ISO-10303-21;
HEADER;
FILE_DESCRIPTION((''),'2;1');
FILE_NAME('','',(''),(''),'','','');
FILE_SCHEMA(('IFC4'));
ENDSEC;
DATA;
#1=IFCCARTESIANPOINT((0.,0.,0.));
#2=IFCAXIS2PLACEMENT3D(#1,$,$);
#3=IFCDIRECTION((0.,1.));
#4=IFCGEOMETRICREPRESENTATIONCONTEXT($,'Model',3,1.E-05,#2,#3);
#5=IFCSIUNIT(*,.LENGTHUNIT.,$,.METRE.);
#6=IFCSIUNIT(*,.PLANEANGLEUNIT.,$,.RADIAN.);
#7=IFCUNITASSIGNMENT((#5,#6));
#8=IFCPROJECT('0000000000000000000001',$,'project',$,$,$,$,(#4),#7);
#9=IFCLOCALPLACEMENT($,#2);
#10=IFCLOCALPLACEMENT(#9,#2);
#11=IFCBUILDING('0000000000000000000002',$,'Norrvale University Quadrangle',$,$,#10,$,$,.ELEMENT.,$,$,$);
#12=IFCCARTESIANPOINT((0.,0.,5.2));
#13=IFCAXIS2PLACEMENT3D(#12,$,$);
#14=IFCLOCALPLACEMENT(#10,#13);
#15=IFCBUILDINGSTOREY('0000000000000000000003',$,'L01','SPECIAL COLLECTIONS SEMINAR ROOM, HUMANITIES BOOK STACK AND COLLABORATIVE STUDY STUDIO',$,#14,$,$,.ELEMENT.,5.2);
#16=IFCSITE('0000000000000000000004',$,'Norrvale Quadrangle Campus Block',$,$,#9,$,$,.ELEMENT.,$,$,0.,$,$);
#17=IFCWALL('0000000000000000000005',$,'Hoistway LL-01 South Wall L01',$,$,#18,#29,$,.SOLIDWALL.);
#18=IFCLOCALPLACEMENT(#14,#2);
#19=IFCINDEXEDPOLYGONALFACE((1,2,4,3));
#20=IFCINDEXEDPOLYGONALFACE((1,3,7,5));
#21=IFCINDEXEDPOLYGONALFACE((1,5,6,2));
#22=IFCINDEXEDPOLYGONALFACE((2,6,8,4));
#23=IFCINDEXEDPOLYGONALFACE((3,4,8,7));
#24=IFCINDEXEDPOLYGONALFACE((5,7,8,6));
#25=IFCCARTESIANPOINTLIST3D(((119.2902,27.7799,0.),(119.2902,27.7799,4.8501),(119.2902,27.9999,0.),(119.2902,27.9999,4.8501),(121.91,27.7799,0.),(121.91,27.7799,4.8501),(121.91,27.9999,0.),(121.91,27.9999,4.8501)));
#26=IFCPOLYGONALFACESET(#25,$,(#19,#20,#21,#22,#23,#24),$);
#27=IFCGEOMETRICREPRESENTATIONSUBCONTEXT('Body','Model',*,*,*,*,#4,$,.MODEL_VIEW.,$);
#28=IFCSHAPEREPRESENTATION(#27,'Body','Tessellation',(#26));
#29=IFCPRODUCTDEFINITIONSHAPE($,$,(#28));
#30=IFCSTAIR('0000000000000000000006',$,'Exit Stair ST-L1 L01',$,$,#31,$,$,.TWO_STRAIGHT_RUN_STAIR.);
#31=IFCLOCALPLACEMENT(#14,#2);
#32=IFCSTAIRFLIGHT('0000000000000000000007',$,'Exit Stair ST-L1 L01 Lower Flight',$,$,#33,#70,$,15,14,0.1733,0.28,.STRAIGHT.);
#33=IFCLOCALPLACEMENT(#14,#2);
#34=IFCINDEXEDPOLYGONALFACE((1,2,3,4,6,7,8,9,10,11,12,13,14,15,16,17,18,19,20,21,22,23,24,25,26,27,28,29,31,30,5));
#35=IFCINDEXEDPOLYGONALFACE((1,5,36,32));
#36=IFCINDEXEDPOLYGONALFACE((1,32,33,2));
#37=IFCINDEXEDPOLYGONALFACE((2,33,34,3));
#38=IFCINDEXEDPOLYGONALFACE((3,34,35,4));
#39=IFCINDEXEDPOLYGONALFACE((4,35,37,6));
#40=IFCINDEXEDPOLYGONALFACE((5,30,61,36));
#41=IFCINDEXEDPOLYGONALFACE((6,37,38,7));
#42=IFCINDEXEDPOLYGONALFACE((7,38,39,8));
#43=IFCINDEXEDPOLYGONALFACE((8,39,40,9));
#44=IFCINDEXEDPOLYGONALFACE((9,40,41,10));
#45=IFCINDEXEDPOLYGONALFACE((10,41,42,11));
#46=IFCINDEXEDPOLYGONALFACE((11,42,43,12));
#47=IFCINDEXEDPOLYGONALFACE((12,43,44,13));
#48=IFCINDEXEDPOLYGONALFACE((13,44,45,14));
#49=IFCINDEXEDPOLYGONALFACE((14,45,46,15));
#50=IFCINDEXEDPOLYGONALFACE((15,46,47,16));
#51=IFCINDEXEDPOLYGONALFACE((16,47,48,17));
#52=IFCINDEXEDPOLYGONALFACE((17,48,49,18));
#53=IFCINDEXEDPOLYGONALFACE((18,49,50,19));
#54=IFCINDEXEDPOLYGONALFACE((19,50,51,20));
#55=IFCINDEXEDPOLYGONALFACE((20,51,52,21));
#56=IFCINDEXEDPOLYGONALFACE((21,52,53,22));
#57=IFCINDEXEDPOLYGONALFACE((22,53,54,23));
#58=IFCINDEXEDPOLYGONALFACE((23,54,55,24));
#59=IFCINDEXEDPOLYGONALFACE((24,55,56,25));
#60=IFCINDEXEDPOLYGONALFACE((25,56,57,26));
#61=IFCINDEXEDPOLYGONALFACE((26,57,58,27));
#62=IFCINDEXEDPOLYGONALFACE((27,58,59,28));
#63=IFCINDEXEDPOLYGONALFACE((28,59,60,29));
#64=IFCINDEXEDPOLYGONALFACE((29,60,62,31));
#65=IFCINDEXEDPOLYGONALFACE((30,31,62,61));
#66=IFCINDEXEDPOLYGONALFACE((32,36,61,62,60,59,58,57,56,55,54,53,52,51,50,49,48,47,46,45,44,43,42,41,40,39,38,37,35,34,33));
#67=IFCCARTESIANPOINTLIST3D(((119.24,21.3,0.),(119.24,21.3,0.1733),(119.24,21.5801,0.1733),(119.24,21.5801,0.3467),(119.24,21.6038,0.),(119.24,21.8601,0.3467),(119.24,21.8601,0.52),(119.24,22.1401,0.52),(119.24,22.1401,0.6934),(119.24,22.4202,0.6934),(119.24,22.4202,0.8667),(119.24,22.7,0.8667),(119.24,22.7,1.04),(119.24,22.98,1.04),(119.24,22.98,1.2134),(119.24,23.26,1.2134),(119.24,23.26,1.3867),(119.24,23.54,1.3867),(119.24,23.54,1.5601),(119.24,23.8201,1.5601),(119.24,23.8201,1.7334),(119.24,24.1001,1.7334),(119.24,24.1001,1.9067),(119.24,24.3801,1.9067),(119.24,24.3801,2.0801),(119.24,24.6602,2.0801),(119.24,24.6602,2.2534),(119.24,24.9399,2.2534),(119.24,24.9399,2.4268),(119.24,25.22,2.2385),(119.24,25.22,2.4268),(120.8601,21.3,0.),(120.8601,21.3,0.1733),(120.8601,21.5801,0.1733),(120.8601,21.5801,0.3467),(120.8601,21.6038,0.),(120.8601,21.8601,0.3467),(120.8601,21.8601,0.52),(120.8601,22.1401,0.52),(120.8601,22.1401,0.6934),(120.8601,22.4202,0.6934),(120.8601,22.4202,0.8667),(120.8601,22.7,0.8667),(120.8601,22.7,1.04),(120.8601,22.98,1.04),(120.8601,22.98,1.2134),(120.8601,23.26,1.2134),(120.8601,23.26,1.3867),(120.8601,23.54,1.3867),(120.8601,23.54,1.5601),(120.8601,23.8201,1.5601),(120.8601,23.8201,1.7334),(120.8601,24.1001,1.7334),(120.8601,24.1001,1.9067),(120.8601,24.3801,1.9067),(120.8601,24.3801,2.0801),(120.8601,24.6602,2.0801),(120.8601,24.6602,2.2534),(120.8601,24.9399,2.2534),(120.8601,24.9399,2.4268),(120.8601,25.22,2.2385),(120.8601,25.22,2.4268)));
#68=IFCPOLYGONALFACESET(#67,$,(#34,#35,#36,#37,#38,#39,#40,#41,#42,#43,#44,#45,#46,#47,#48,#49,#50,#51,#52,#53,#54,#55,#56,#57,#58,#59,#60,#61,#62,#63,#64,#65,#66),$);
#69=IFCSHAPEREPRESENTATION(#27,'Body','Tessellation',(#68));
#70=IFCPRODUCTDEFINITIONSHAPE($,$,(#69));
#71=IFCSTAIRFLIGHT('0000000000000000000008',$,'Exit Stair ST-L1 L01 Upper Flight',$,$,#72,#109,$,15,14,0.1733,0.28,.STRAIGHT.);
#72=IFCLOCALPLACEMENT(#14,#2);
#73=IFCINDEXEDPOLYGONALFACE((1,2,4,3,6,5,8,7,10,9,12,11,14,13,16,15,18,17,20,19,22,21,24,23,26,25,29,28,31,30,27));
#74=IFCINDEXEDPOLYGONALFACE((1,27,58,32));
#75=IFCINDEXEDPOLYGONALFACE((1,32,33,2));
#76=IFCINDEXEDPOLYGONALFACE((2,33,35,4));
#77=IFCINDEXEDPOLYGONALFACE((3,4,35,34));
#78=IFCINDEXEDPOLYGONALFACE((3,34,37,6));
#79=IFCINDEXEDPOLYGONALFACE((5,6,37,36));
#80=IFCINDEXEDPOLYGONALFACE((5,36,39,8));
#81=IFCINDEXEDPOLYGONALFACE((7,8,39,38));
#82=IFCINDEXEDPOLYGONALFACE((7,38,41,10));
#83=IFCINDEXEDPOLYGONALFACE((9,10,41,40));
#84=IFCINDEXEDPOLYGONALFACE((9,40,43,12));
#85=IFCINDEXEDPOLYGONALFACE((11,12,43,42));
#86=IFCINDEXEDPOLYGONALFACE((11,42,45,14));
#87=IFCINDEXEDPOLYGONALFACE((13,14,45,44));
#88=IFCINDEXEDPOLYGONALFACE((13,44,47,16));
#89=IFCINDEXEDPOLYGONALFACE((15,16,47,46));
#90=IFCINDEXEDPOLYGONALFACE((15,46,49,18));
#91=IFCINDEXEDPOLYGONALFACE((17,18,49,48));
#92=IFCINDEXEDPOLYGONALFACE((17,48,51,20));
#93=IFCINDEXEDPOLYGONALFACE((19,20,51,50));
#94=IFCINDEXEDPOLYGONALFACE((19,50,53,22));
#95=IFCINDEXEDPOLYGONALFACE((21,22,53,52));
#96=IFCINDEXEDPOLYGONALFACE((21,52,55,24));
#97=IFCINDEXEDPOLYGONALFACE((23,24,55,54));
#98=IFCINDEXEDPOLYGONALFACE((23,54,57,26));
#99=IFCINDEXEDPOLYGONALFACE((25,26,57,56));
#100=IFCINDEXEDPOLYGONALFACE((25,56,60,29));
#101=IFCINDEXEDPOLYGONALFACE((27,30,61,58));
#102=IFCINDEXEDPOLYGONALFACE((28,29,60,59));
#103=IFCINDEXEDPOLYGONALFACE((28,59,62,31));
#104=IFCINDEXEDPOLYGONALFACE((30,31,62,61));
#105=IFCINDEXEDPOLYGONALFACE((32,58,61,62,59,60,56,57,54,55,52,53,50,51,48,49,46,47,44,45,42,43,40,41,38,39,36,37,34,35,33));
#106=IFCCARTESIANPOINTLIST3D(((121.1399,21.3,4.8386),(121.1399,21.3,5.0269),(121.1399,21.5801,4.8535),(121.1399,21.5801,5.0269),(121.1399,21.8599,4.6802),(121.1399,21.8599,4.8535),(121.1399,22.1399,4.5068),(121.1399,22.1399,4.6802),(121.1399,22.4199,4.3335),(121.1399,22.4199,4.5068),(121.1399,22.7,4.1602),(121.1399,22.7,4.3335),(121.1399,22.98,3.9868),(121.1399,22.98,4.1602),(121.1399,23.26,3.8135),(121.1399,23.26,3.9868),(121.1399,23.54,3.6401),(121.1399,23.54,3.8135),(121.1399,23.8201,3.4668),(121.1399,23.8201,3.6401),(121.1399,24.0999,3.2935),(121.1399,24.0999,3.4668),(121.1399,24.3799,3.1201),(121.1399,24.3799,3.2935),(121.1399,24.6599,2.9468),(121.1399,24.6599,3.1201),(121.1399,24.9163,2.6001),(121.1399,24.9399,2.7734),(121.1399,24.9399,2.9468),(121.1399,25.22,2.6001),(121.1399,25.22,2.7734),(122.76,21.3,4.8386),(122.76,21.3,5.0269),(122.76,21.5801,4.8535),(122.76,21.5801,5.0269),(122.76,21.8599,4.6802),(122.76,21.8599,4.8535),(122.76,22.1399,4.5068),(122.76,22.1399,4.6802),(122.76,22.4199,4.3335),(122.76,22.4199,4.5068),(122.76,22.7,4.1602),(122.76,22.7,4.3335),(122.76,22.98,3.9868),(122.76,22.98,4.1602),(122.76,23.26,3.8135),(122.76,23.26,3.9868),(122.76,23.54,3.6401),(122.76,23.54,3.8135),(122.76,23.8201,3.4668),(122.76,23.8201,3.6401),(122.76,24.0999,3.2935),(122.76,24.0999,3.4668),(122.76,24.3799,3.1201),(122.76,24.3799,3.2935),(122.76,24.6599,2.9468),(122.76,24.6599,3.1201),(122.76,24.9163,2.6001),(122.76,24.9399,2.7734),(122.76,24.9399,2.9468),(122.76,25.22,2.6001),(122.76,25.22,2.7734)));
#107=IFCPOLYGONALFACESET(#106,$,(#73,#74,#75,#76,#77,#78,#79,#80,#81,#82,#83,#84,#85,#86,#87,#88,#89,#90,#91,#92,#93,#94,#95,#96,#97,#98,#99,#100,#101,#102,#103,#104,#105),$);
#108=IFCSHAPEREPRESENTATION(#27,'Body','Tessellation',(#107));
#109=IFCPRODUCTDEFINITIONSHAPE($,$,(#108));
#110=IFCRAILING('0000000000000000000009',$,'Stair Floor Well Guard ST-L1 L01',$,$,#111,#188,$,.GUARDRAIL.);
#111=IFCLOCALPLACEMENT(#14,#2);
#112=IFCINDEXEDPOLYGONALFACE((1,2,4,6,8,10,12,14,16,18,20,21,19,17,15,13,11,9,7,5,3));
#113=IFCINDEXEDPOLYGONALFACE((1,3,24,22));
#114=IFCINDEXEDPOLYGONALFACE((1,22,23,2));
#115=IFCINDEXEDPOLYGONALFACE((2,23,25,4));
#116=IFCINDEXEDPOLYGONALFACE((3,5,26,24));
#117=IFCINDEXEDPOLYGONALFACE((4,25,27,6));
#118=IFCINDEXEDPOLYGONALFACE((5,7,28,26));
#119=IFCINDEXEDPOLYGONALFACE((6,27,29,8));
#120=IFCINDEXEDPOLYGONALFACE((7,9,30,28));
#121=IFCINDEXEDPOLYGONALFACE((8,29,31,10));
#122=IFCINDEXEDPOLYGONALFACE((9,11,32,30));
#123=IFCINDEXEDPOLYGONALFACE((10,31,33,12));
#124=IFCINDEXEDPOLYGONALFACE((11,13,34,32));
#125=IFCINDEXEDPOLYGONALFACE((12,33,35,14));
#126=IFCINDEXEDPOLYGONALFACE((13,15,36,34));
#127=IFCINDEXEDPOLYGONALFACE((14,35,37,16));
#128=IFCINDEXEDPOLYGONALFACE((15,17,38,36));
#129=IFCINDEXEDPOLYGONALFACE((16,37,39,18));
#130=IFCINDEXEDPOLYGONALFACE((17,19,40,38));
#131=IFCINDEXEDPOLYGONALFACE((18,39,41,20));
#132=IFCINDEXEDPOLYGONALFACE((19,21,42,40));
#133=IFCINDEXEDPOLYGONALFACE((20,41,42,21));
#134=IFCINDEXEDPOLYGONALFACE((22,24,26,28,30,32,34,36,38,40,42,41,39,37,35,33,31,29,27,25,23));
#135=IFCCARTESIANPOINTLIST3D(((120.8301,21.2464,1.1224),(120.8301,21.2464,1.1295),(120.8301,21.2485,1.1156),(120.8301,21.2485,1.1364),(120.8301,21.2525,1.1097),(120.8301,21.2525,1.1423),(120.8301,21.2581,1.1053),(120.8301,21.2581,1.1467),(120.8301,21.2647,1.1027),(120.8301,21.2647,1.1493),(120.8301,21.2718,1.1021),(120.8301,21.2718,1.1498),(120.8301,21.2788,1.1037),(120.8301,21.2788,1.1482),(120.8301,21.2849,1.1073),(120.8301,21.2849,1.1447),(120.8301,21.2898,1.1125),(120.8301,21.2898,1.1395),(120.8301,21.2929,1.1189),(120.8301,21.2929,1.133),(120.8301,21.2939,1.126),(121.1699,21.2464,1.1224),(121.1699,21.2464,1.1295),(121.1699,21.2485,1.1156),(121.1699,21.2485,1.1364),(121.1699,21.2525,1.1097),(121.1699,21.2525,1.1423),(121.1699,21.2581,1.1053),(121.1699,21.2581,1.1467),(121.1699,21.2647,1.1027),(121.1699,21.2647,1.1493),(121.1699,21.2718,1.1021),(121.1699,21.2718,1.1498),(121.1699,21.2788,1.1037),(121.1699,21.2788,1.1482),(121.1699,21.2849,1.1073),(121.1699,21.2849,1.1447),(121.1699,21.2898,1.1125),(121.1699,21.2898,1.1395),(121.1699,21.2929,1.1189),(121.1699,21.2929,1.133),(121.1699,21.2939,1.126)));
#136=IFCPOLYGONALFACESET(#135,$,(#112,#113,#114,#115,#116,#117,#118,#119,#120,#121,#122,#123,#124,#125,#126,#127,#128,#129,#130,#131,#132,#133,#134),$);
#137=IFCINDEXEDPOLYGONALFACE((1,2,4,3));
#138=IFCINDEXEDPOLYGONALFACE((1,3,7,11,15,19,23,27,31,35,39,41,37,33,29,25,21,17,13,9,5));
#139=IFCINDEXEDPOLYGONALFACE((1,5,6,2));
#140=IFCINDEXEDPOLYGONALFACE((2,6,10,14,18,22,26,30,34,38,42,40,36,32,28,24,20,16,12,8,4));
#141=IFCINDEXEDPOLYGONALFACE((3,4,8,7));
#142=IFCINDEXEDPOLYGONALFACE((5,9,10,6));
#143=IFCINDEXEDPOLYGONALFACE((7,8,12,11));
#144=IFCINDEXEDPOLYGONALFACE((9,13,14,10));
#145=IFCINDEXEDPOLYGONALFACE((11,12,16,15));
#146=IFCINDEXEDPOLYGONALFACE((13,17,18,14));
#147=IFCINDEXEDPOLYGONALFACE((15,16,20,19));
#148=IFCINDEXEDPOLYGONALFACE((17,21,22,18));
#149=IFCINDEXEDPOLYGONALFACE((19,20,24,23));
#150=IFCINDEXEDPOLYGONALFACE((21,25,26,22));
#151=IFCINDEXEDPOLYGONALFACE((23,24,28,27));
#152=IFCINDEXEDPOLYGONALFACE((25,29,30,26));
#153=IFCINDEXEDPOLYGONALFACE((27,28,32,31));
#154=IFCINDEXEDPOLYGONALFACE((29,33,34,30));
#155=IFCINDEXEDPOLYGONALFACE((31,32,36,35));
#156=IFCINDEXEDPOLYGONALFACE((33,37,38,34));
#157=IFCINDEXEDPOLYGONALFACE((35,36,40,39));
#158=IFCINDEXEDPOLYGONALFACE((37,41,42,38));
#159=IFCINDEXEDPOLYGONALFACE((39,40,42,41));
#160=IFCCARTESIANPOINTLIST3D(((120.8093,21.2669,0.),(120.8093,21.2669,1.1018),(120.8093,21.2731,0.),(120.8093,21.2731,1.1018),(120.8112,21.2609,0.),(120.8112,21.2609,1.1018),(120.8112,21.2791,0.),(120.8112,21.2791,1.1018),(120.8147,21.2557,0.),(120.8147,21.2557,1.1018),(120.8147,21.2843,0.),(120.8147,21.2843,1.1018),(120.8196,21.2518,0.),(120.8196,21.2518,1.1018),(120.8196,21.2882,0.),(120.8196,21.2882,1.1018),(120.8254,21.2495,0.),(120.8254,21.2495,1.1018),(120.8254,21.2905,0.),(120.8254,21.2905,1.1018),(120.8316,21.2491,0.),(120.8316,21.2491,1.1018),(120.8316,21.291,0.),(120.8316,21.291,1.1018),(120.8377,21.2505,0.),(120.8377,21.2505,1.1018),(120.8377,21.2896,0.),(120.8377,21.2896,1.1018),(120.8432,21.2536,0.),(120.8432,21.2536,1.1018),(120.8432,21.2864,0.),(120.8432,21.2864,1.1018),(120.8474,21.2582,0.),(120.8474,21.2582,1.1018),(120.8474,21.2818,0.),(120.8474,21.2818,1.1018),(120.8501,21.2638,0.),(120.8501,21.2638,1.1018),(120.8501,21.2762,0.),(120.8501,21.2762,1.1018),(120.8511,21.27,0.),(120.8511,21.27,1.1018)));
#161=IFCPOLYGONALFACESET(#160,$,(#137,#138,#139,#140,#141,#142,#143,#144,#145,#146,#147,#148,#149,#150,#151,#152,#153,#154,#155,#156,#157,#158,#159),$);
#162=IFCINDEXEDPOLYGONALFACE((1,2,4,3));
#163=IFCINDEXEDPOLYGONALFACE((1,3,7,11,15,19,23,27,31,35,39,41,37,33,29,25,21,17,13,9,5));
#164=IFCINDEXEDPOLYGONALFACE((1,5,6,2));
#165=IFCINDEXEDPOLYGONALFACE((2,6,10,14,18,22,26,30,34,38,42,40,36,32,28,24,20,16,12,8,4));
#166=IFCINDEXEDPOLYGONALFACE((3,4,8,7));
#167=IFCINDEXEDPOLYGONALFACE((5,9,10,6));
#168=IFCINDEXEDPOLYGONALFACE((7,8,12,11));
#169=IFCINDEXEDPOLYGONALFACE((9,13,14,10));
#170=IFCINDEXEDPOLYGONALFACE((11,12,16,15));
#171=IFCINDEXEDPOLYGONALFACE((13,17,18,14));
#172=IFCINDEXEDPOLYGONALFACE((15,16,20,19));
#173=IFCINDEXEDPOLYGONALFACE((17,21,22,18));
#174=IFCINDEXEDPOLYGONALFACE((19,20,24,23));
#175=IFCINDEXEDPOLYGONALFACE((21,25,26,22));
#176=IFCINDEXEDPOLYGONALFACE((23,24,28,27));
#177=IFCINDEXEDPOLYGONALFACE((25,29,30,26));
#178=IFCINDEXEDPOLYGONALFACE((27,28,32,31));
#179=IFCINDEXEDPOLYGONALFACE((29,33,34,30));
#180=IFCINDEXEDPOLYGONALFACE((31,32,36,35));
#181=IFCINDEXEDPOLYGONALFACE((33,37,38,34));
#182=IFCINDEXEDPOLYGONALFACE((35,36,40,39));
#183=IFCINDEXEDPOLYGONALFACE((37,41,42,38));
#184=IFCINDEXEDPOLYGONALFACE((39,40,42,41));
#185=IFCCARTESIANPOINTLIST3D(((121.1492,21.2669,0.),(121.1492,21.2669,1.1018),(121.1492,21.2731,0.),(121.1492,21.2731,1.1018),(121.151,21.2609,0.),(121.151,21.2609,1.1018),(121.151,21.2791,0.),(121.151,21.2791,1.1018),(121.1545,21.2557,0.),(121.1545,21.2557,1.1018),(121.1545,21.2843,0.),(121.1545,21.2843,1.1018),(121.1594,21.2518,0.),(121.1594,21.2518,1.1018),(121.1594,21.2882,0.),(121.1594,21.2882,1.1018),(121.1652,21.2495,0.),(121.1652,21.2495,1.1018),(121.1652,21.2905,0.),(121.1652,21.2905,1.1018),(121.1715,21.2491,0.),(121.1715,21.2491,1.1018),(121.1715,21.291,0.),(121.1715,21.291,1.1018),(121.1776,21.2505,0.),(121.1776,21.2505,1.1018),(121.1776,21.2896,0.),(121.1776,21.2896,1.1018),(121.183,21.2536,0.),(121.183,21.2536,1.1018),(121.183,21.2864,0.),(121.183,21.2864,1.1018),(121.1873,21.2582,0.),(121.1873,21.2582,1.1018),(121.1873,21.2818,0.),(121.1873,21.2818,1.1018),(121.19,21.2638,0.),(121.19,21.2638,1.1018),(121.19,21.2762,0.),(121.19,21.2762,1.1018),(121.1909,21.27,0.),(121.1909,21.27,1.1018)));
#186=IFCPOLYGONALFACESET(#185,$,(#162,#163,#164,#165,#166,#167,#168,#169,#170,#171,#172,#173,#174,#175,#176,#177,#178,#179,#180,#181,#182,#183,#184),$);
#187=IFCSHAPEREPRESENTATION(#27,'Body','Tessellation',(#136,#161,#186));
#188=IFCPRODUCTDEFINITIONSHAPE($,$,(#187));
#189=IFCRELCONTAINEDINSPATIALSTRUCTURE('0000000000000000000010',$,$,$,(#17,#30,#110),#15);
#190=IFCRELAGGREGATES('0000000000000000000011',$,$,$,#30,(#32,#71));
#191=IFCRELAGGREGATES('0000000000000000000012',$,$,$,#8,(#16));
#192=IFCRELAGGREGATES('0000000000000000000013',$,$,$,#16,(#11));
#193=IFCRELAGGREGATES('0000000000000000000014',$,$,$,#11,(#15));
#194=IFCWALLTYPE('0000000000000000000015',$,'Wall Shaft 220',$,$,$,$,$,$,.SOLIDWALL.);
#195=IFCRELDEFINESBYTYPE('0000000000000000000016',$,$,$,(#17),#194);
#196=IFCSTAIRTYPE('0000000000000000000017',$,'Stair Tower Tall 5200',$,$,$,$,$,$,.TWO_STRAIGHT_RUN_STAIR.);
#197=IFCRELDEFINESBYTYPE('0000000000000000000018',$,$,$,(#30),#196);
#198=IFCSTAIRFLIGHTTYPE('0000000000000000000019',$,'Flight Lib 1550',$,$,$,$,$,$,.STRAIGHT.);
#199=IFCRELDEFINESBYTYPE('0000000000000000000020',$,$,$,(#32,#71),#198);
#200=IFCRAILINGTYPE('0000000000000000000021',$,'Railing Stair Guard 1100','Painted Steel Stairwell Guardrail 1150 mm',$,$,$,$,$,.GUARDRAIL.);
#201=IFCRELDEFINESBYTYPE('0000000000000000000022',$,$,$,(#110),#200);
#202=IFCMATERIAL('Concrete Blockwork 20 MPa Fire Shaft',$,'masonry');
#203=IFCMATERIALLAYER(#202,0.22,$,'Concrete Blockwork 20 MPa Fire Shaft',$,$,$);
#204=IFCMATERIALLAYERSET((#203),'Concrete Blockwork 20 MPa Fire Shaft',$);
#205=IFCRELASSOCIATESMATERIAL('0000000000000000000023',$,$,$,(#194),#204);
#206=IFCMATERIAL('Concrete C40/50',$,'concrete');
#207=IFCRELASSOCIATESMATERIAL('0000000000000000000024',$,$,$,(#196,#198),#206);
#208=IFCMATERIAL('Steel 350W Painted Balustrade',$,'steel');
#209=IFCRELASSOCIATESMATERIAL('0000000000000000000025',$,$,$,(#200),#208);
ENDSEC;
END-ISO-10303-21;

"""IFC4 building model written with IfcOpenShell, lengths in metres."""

from ifc_helpers import new_model, si_unit, direction, frame, frame_2d, origin, origin_2d, place, context, subcontext, project, spatial, polyline, rectangle, circle, outline, extrude, material, layer, layer_set, type_object, element, aggregate, save


model = new_model("IFC4")

# Units and contexts
model_context = context("Model", 3, precision=1e-05, world=origin(), true_north=direction((0.0, 1.0)))
body_context = subcontext(model_context, "Body", "Model", "MODEL_VIEW")
ifc_project = project(units=[si_unit("LENGTHUNIT", "METRE"), si_unit("PLANEANGLEUNIT", "RADIAN")], contexts=[model_context])

# Site, building, storey
site_placement = place(None, origin())
site = spatial("IfcSite", under=ifc_project, at=site_placement, Name="Norrvale Quadrangle Campus Block", CompositionType="ELEMENT", RefElevation=0.0)
building_placement = place(site_placement, origin())
building = spatial("IfcBuilding", under=site, at=building_placement, Name="Norrvale University Quadrangle", CompositionType="ELEMENT")
storey_placement = place(building_placement, frame((0.0, 0.0, 5.2)))
storey = spatial("IfcBuildingStorey", under=building, at=storey_placement, Name="L01", Description="SPECIAL COLLECTIONS SEMINAR ROOM, HUMANITIES BOOK STACK AND COLLABORATIVE STUDY STUDIO", CompositionType="ELEMENT", Elevation=5.2)

# Wall
ifc_material_1 = material(Name="Concrete Blockwork 20 MPa Fire Shaft", Category="masonry")
ifc_layer_1 = layer(ifc_material_1, 0.22, Name="Concrete Blockwork 20 MPa Fire Shaft")
ifc_layer_set_1 = layer_set([ifc_layer_1], Name="Concrete Blockwork 20 MPa Fire Shaft")
wall_type_1 = type_object("IfcWallType", Name="Wall Shaft 220", PredefinedType="SOLIDWALL", material=ifc_layer_set_1)
wall_1_placement = place(storey_placement, frame((119.29, 27.8899, 0.0), z_axis=(0.0, 0.0, 1.0), x_axis=(1.0, 0.0, 0.0)))
element("IfcWall", 1, at=wall_1_placement, inside=storey, type_object=wall_type_1, Name="Hoistway LL-01 South Wall L01", PredefinedType="SOLIDWALL", context=body_context, shape_type="SweptSolid", body=[
    extrude(rectangle(XDim=2.6199, YDim=0.22, at=frame_2d((1.3101, 0.0))), origin(), (0.0, 0.0, 1.0), 4.8501),
])

# Stair, stair flights
ifc_material_2 = material(Name="Concrete C40/50", Category="concrete")
stair_type = type_object("IfcStairType", Name="Stair Tower Tall 5200", PredefinedType="TWO_STRAIGHT_RUN_STAIR", material=ifc_material_2)
stair_placement = place(storey_placement, origin())
stair = element("IfcStair", 2, at=stair_placement, inside=storey, type_object=stair_type, Name="Exit Stair ST-L1 L01", PredefinedType="TWO_STRAIGHT_RUN_STAIR")
stair_flight_type = type_object("IfcStairFlightType", Name="Flight Lib 1550", PredefinedType="STRAIGHT", material=ifc_material_2)
stair_flight_1_placement = place(storey_placement, frame((120.05, 21.3, 0.0), z_axis=(0.0, 0.0, 1.0), x_axis=(0.0, 1.0, 0.0)))
stair_flight_1 = element("IfcStairFlight", 3, at=stair_flight_1_placement, type_object=stair_flight_type, Name="Exit Stair ST-L1 L01 Lower Flight", NumberOfRisers=15, NumberOfTreads=14, PredefinedType="STRAIGHT", RiserHeight=0.1733, TreadLength=0.28, context=body_context, shape_type="SweptSolid", body=[
    extrude(outline(polyline([(0.0, 0.0), (0.0, 0.1733), (0.28, 0.1733), (0.28, 0.3467), (0.5601, 0.3467), (0.5601, 0.52), (0.8401, 0.52), (0.8401, 0.6934), (1.1201, 0.6934), (1.1201, 0.8667), (1.3999, 0.8667), (1.3999, 1.04), (1.6799, 1.04), (1.6799, 1.2134), (1.96, 1.2134), (1.96, 1.3867), (2.24, 1.3867), (2.24, 1.5601), (2.52, 1.5601), (2.52, 1.7334), (2.8, 1.7334), (2.8, 1.9067), (3.0801, 1.9067), (3.0801, 2.0801), (3.3601, 2.0801), (3.3601, 2.2534), (3.6399, 2.2534), (3.6399, 2.4268), (3.9199, 2.4268), (3.9199, 2.6001), (3.9199, 2.2385), (0.3037, 0.0), (0.0, 0.0)])), frame((0.0, 0.8101, 0.0), z_axis=(0.0, -1.0, 0.0), x_axis=(1.0, 0.0, 0.0)), (0.0, 0.0, 1.0), 1.6201),
])
stair_flight_2_placement = place(storey_placement, frame((121.95, 25.22, 2.6001), z_axis=(0.0, 0.0, 1.0), x_axis=(0.0, -1.0, 0.0)))
stair_flight_2 = element("IfcStairFlight", 4, at=stair_flight_2_placement, type_object=stair_flight_type, Name="Exit Stair ST-L1 L01 Upper Flight", NumberOfRisers=15, NumberOfTreads=14, PredefinedType="STRAIGHT", RiserHeight=0.1733, TreadLength=0.28, context=body_context, shape_type="SweptSolid", body=[
    extrude(outline(polyline([(0.0, 0.0), (0.0, 0.1733), (0.28, 0.1733), (0.28, 0.3467), (0.5601, 0.3467), (0.5601, 0.52), (0.8401, 0.52), (0.8401, 0.6934), (1.1201, 0.6934), (1.1201, 0.8667), (1.3999, 0.8667), (1.3999, 1.04), (1.6799, 1.04), (1.6799, 1.2134), (1.96, 1.2134), (1.96, 1.3867), (2.24, 1.3867), (2.24, 1.5601), (2.52, 1.5601), (2.52, 1.7334), (2.8, 1.7334), (2.8, 1.9067), (3.0801, 1.9067), (3.0801, 2.0801), (3.3601, 2.0801), (3.3601, 2.2534), (3.6399, 2.2534), (3.6399, 2.4268), (3.9199, 2.4268), (3.9199, 2.6001), (3.9199, 2.2385), (0.3037, 0.0), (0.0, 0.0)])), frame((0.0, 0.8101, 0.0), z_axis=(0.0, -1.0, 0.0), x_axis=(1.0, 0.0, 0.0)), (0.0, 0.0, 1.0), 1.6201),
])
aggregate(stair, [stair_flight_1, stair_flight_2])

# Railing
ifc_material_3 = material(Name="Steel 350W Painted Balustrade", Category="steel")
railing_type_1 = type_object("IfcRailingType", Name="Railing Stair Guard 1100", Description="Painted Steel Stairwell Guardrail 1150 mm", PredefinedType="GUARDRAIL", material=ifc_material_3)
for number, where, name in (
    (5, (120.8301, 21.27, 0.0), "Stair Floor Well Guard ST-L1 L01"),
):
    element("IfcRailing", number, at=place(storey_placement, frame(where)), inside=storey, type_object=railing_type_1, Name=name, PredefinedType="GUARDRAIL", context=body_context, shape_type="SweptSolid", body=[
        extrude(circle(Radius=0.0239, at=origin_2d()), frame((0.0, 0.0, 1.126), z_axis=(1.0, 0.0, 0.0), x_axis=(0.0, 1.0, 0.0)), (0.0, 0.0, 1.0), 0.3398),
        extrude(circle(Radius=0.021, at=origin_2d()), origin(), (0.0, 0.0, 1.0), 1.1018),
        extrude(circle(Radius=0.021, at=origin_2d()), frame((0.3398, 0.0, 0.0)), (0.0, 0.0, 1.0), 1.1018),
    ])

save(model, "model.ifc")
